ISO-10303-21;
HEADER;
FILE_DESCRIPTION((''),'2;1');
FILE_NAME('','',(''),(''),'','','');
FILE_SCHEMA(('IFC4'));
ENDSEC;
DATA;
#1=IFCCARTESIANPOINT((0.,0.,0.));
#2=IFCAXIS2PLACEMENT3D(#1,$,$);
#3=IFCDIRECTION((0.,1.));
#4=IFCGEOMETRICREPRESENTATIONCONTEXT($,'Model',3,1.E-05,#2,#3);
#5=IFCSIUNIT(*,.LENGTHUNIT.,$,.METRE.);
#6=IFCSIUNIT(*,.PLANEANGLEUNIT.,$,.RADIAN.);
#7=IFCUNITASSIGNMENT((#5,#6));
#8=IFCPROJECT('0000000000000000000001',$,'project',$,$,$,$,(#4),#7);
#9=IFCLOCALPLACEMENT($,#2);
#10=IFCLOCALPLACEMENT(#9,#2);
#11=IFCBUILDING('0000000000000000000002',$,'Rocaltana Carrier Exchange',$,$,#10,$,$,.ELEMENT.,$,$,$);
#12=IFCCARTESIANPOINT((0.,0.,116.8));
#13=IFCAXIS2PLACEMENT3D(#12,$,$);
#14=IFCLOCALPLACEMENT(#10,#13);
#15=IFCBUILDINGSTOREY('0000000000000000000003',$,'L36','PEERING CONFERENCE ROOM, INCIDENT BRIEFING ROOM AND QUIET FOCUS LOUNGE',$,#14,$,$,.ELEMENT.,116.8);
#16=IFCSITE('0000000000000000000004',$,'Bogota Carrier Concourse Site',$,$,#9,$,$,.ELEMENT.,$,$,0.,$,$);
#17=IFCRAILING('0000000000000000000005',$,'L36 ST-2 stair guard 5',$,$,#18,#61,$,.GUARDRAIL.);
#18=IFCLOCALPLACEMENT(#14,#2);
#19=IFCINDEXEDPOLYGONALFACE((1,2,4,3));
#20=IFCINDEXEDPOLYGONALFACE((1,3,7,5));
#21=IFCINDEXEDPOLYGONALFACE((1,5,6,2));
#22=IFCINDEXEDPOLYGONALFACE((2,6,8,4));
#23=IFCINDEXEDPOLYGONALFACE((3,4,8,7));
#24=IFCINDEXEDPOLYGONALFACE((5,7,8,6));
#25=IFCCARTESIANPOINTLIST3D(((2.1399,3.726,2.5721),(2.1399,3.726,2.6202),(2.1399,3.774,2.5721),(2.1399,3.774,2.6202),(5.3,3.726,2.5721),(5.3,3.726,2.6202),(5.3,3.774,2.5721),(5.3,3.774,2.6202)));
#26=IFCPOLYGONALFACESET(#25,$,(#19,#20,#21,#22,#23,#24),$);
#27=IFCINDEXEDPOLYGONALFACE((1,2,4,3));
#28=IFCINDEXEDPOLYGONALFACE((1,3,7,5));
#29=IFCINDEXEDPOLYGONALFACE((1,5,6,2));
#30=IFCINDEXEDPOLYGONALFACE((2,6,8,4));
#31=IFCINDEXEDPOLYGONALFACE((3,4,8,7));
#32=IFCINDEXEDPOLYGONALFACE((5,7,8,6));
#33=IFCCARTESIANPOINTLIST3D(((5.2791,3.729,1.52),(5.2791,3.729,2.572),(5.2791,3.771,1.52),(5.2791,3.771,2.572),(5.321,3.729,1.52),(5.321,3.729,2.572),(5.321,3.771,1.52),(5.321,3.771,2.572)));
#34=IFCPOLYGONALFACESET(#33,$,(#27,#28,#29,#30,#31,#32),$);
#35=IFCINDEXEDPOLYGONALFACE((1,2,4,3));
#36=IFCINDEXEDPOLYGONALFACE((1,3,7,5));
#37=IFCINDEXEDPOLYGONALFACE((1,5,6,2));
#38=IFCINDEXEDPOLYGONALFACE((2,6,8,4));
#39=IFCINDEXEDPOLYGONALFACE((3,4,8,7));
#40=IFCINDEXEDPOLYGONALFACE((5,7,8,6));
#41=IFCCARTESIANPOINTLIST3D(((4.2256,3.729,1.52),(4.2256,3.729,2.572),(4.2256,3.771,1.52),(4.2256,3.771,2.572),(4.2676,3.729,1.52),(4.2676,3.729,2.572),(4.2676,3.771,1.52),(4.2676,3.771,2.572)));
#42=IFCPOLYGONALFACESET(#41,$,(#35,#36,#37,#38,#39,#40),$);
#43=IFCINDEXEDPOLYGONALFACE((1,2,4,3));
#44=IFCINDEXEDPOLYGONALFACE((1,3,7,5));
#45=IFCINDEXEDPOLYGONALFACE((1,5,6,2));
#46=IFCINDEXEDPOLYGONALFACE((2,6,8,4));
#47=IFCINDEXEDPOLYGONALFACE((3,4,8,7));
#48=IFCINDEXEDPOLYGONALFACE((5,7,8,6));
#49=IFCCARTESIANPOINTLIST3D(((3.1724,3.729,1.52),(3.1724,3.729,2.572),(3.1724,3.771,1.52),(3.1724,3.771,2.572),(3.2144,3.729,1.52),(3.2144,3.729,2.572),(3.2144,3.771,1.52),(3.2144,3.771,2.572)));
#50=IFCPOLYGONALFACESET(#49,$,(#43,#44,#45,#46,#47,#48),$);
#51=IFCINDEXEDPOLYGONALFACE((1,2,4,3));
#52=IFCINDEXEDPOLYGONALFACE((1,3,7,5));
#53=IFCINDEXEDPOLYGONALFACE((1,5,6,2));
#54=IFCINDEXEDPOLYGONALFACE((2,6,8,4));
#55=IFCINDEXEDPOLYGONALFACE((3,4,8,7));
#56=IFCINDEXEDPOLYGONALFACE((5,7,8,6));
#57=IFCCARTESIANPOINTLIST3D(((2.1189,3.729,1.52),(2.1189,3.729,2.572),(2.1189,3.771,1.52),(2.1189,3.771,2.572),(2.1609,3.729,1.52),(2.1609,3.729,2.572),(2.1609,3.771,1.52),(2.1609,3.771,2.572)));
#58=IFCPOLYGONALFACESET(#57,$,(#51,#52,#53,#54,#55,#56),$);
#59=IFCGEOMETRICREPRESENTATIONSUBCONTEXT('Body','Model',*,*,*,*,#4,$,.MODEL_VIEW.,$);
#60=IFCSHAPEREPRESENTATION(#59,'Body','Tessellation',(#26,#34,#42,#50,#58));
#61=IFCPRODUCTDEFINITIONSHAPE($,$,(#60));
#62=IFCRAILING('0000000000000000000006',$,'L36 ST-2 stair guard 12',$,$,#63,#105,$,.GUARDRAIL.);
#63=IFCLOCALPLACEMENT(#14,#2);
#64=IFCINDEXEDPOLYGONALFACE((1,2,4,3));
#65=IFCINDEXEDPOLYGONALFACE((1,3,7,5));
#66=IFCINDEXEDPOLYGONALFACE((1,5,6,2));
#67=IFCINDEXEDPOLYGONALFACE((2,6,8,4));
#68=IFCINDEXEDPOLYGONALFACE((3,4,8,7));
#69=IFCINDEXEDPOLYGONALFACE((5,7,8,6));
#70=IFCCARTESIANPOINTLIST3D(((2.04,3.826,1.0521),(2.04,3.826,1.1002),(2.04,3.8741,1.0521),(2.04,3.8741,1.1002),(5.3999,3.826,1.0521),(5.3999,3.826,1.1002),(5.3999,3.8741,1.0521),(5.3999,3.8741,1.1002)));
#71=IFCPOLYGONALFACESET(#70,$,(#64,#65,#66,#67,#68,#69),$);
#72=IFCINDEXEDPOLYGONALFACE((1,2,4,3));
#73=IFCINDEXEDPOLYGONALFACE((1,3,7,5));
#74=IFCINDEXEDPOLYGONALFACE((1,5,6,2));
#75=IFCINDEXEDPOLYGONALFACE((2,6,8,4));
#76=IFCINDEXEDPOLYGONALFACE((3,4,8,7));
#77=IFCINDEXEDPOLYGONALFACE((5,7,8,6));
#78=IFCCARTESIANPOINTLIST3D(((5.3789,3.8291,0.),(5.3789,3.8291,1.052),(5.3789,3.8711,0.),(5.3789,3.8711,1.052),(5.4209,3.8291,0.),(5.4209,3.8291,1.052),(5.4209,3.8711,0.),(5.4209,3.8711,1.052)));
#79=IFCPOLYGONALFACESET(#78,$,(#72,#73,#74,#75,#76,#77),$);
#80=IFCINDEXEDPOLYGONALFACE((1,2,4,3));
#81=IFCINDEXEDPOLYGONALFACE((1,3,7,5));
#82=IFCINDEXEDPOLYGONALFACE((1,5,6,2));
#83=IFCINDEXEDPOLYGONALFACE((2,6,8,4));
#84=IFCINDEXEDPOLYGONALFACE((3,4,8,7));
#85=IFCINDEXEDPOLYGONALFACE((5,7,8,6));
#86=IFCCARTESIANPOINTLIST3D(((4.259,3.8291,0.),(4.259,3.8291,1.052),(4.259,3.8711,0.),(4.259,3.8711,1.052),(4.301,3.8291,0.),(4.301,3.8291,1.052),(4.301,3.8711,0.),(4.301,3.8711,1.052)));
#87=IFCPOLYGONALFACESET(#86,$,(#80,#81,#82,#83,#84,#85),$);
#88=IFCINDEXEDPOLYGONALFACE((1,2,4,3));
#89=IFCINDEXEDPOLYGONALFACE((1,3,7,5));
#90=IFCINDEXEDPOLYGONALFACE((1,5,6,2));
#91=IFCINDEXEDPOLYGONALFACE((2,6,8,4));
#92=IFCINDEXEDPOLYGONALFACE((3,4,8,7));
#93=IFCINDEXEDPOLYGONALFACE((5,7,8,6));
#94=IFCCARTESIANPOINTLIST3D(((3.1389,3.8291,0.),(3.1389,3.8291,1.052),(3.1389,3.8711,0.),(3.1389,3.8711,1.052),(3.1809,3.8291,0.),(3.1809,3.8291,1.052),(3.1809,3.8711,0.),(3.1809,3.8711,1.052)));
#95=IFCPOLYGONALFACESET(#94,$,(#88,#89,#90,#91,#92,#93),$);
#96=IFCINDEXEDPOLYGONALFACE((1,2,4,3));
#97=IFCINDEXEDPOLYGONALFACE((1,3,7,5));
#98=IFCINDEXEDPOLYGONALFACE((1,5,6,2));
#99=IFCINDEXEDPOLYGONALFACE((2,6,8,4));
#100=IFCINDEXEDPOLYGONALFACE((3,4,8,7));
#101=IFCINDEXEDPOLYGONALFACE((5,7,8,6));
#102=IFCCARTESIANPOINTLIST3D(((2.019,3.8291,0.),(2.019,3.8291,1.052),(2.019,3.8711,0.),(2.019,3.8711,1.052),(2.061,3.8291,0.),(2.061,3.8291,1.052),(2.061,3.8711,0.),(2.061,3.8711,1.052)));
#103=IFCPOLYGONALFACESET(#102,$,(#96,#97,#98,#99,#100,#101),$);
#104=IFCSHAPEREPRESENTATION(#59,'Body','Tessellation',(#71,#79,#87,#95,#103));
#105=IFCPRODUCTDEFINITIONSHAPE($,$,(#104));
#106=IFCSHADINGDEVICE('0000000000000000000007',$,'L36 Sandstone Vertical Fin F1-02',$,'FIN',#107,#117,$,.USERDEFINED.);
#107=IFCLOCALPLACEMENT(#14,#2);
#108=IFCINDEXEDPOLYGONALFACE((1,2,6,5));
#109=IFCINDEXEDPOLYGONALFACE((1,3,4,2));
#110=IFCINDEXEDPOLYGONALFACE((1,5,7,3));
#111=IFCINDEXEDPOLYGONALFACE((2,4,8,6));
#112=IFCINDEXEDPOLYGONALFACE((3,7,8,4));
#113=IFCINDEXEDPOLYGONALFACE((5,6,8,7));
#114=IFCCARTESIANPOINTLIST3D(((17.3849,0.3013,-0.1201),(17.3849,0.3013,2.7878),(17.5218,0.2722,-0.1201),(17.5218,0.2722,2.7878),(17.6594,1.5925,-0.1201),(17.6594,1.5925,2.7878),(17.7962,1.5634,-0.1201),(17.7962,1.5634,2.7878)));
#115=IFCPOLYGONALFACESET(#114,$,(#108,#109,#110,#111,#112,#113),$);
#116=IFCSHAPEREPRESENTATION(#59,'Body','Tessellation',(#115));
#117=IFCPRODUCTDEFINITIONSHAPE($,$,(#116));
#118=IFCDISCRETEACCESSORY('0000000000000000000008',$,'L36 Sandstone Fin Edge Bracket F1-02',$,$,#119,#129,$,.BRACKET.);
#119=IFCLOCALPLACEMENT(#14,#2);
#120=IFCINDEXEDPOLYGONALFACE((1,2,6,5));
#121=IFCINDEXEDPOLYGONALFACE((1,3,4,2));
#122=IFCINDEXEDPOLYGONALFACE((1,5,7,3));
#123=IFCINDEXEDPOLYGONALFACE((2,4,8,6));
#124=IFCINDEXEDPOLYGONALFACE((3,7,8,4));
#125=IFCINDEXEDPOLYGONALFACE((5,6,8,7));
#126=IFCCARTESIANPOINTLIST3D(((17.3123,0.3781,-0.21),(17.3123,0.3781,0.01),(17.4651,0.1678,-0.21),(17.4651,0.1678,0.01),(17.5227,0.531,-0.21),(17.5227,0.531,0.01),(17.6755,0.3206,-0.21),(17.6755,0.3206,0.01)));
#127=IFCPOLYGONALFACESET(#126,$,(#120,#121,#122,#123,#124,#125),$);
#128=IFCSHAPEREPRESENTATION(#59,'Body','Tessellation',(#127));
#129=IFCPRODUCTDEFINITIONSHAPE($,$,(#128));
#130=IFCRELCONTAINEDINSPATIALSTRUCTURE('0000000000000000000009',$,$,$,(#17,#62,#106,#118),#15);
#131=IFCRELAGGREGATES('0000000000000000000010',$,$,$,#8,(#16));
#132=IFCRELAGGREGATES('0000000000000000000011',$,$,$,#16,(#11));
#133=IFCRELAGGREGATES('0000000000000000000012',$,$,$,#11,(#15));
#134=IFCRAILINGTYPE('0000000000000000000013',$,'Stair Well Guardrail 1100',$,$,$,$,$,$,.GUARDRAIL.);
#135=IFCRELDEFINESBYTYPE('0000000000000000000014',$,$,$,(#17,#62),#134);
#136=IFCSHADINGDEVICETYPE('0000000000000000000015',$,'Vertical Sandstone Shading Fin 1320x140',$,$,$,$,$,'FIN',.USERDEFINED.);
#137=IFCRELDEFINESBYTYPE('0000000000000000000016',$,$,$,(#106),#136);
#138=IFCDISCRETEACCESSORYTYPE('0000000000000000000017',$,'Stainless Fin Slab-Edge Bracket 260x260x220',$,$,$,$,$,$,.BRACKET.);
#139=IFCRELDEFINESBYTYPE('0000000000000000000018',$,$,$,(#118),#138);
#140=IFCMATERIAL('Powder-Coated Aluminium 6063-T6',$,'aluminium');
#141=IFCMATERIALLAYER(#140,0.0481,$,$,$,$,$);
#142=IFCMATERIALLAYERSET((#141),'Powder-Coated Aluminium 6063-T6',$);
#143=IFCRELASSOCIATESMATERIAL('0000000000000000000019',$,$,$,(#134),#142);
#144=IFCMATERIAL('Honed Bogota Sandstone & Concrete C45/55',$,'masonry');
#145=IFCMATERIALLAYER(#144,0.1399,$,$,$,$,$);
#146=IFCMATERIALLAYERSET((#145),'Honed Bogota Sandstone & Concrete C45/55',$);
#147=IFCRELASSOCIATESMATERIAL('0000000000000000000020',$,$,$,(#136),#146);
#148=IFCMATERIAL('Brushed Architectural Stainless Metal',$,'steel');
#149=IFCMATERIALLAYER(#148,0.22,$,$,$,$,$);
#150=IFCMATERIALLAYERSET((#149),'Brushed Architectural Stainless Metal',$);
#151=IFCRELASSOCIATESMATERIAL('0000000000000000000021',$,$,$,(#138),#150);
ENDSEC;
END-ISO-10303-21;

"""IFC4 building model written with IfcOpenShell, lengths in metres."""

from ifc_helpers import new_model, si_unit, direction, frame, origin, origin_2d, place, context, subcontext, project, spatial, rectangle, extrude, material, layer, layer_set, type_object, element, save


model = new_model("IFC4")

# Units and contexts
model_context = context("Model", 3, precision=1e-05, world=origin(), true_north=direction((0.0, 1.0)))
body_context = subcontext(model_context, "Body", "Model", "MODEL_VIEW")
ifc_project = project(units=[si_unit("LENGTHUNIT", "METRE"), si_unit("PLANEANGLEUNIT", "RADIAN")], contexts=[model_context])

# Site, building, storey
site_placement = place(None, origin())
site = spatial("IfcSite", under=ifc_project, at=site_placement, Name="Bogota Carrier Concourse Site", CompositionType="ELEMENT", RefElevation=0.0)
building_placement = place(site_placement, origin())
building = spatial("IfcBuilding", under=site, at=building_placement, Name="Rocaltana Carrier Exchange", CompositionType="ELEMENT")
storey_placement = place(building_placement, frame((0.0, 0.0, 116.8)))
storey = spatial("IfcBuildingStorey", under=building, at=storey_placement, Name="L36", Description="PEERING CONFERENCE ROOM, INCIDENT BRIEFING ROOM AND QUIET FOCUS LOUNGE", CompositionType="ELEMENT", Elevation=116.8)

# Railings
ifc_material_1 = material(Name="Powder-Coated Aluminium 6063-T6", Category="aluminium")
ifc_layer_1 = layer(ifc_material_1, 0.0481)
ifc_layer_set_1 = layer_set([ifc_layer_1], Name="Powder-Coated Aluminium 6063-T6")
railing_type = type_object("IfcRailingType", Name="Stair Well Guardrail 1100", PredefinedType="GUARDRAIL", material=ifc_layer_set_1)
railing_1_placement = place(storey_placement, frame((5.3, 3.75, 1.52)))
element("IfcRailing", 1, at=railing_1_placement, inside=storey, type_object=railing_type, Name="L36 ST-2 stair guard 5", PredefinedType="GUARDRAIL", context=body_context, shape_type="SweptSolid", body=[
    extrude(rectangle(XDim=0.0481, YDim=0.0481, at=origin_2d()), frame((0.0, 0.0, 1.0762), z_axis=(-1.0, 0.0, 0.0), x_axis=(0.0, -1.0, 0.0)), (0.0, 0.0, 1.0), 3.1602),
    extrude(rectangle(XDim=0.042, YDim=0.042, at=origin_2d()), origin(), (0.0, 0.0, 1.0), 1.052),
    extrude(rectangle(XDim=0.042, YDim=0.042, at=origin_2d()), frame((-1.0535, 0.0, 0.0)), (0.0, 0.0, 1.0), 1.052),
    extrude(rectangle(XDim=0.042, YDim=0.042, at=origin_2d()), frame((-2.1067, 0.0, 0.0)), (0.0, 0.0, 1.0), 1.052),
    extrude(rectangle(XDim=0.042, YDim=0.042, at=origin_2d()), frame((-3.1602, 0.0, 0.0)), (0.0, 0.0, 1.0), 1.052),
])
railing_2_placement = place(storey_placement, frame((5.3999, 3.8501, 0.0)))
element("IfcRailing", 2, at=railing_2_placement, inside=storey, type_object=railing_type, Name="L36 ST-2 stair guard 12", PredefinedType="GUARDRAIL", context=body_context, shape_type="SweptSolid", body=[
    extrude(rectangle(XDim=0.0481, YDim=0.0481, at=origin_2d()), frame((0.0, 0.0, 1.0762), z_axis=(-1.0, 0.0, 0.0), x_axis=(0.0, -1.0, 0.0)), (0.0, 0.0, 1.0), 3.3599),
    extrude(rectangle(XDim=0.042, YDim=0.042, at=origin_2d()), origin(), (0.0, 0.0, 1.0), 1.052),
    extrude(rectangle(XDim=0.042, YDim=0.042, at=origin_2d()), frame((-1.1199, 0.0, 0.0)), (0.0, 0.0, 1.0), 1.052),
    extrude(rectangle(XDim=0.042, YDim=0.042, at=origin_2d()), frame((-2.24, 0.0, 0.0)), (0.0, 0.0, 1.0), 1.052),
    extrude(rectangle(XDim=0.042, YDim=0.042, at=origin_2d()), frame((-3.3599, 0.0, 0.0)), (0.0, 0.0, 1.0), 1.052),
])

# Shading device
ifc_material_2 = material(Name="Honed Bogota Sandstone & Concrete C45/55", Category="masonry")
ifc_layer_2 = layer(ifc_material_2, 0.1399)
ifc_layer_set_2 = layer_set([ifc_layer_2], Name="Honed Bogota Sandstone & Concrete C45/55")
shading_device_type = type_object("IfcShadingDeviceType", Name="Vertical Sandstone Shading Fin 1320x140", ElementType="FIN", PredefinedType="USERDEFINED", material=ifc_layer_set_2)
shading_device_placement = place(storey_placement, frame((17.5906, 0.9324, -0.1201), z_axis=(0.0, 0.0, 1.0), x_axis=(0.207912, 0.978148, 0.0)))
element("IfcShadingDevice", 3, at=shading_device_placement, inside=storey, type_object=shading_device_type, Name="L36 Sandstone Vertical Fin F1-02", ObjectType="FIN", PredefinedType="USERDEFINED", context=body_context, shape_type="SweptSolid", body=[
    extrude(rectangle(XDim=1.3201, YDim=0.1399, at=origin_2d()), origin(), (0.0, 0.0, 1.0), 2.908),
])

# Discrete accessory
ifc_material_3 = material(Name="Brushed Architectural Stainless Metal", Category="steel")
ifc_layer_3 = layer(ifc_material_3, 0.22)
ifc_layer_set_3 = layer_set([ifc_layer_3], Name="Brushed Architectural Stainless Metal")
discrete_accessory_type = type_object("IfcDiscreteAccessoryType", Name="Stainless Fin Slab-Edge Bracket 260x260x220", PredefinedType="BRACKET", material=ifc_layer_set_3)
discrete_accessory_placement = place(storey_placement, frame((17.4939, 0.3494, -0.21), z_axis=(0.0, 0.0, 1.0), x_axis=(-0.587785, 0.809017, 0.0)))
element("IfcDiscreteAccessory", 4, at=discrete_accessory_placement, inside=storey, type_object=discrete_accessory_type, Name="L36 Sandstone Fin Edge Bracket F1-02", PredefinedType="BRACKET", context=body_context, shape_type="SweptSolid", body=[
    extrude(rectangle(XDim=0.26, YDim=0.26, at=origin_2d()), origin(), (0.0, 0.0, 1.0), 0.22),
])

save(model, "model.ifc")
